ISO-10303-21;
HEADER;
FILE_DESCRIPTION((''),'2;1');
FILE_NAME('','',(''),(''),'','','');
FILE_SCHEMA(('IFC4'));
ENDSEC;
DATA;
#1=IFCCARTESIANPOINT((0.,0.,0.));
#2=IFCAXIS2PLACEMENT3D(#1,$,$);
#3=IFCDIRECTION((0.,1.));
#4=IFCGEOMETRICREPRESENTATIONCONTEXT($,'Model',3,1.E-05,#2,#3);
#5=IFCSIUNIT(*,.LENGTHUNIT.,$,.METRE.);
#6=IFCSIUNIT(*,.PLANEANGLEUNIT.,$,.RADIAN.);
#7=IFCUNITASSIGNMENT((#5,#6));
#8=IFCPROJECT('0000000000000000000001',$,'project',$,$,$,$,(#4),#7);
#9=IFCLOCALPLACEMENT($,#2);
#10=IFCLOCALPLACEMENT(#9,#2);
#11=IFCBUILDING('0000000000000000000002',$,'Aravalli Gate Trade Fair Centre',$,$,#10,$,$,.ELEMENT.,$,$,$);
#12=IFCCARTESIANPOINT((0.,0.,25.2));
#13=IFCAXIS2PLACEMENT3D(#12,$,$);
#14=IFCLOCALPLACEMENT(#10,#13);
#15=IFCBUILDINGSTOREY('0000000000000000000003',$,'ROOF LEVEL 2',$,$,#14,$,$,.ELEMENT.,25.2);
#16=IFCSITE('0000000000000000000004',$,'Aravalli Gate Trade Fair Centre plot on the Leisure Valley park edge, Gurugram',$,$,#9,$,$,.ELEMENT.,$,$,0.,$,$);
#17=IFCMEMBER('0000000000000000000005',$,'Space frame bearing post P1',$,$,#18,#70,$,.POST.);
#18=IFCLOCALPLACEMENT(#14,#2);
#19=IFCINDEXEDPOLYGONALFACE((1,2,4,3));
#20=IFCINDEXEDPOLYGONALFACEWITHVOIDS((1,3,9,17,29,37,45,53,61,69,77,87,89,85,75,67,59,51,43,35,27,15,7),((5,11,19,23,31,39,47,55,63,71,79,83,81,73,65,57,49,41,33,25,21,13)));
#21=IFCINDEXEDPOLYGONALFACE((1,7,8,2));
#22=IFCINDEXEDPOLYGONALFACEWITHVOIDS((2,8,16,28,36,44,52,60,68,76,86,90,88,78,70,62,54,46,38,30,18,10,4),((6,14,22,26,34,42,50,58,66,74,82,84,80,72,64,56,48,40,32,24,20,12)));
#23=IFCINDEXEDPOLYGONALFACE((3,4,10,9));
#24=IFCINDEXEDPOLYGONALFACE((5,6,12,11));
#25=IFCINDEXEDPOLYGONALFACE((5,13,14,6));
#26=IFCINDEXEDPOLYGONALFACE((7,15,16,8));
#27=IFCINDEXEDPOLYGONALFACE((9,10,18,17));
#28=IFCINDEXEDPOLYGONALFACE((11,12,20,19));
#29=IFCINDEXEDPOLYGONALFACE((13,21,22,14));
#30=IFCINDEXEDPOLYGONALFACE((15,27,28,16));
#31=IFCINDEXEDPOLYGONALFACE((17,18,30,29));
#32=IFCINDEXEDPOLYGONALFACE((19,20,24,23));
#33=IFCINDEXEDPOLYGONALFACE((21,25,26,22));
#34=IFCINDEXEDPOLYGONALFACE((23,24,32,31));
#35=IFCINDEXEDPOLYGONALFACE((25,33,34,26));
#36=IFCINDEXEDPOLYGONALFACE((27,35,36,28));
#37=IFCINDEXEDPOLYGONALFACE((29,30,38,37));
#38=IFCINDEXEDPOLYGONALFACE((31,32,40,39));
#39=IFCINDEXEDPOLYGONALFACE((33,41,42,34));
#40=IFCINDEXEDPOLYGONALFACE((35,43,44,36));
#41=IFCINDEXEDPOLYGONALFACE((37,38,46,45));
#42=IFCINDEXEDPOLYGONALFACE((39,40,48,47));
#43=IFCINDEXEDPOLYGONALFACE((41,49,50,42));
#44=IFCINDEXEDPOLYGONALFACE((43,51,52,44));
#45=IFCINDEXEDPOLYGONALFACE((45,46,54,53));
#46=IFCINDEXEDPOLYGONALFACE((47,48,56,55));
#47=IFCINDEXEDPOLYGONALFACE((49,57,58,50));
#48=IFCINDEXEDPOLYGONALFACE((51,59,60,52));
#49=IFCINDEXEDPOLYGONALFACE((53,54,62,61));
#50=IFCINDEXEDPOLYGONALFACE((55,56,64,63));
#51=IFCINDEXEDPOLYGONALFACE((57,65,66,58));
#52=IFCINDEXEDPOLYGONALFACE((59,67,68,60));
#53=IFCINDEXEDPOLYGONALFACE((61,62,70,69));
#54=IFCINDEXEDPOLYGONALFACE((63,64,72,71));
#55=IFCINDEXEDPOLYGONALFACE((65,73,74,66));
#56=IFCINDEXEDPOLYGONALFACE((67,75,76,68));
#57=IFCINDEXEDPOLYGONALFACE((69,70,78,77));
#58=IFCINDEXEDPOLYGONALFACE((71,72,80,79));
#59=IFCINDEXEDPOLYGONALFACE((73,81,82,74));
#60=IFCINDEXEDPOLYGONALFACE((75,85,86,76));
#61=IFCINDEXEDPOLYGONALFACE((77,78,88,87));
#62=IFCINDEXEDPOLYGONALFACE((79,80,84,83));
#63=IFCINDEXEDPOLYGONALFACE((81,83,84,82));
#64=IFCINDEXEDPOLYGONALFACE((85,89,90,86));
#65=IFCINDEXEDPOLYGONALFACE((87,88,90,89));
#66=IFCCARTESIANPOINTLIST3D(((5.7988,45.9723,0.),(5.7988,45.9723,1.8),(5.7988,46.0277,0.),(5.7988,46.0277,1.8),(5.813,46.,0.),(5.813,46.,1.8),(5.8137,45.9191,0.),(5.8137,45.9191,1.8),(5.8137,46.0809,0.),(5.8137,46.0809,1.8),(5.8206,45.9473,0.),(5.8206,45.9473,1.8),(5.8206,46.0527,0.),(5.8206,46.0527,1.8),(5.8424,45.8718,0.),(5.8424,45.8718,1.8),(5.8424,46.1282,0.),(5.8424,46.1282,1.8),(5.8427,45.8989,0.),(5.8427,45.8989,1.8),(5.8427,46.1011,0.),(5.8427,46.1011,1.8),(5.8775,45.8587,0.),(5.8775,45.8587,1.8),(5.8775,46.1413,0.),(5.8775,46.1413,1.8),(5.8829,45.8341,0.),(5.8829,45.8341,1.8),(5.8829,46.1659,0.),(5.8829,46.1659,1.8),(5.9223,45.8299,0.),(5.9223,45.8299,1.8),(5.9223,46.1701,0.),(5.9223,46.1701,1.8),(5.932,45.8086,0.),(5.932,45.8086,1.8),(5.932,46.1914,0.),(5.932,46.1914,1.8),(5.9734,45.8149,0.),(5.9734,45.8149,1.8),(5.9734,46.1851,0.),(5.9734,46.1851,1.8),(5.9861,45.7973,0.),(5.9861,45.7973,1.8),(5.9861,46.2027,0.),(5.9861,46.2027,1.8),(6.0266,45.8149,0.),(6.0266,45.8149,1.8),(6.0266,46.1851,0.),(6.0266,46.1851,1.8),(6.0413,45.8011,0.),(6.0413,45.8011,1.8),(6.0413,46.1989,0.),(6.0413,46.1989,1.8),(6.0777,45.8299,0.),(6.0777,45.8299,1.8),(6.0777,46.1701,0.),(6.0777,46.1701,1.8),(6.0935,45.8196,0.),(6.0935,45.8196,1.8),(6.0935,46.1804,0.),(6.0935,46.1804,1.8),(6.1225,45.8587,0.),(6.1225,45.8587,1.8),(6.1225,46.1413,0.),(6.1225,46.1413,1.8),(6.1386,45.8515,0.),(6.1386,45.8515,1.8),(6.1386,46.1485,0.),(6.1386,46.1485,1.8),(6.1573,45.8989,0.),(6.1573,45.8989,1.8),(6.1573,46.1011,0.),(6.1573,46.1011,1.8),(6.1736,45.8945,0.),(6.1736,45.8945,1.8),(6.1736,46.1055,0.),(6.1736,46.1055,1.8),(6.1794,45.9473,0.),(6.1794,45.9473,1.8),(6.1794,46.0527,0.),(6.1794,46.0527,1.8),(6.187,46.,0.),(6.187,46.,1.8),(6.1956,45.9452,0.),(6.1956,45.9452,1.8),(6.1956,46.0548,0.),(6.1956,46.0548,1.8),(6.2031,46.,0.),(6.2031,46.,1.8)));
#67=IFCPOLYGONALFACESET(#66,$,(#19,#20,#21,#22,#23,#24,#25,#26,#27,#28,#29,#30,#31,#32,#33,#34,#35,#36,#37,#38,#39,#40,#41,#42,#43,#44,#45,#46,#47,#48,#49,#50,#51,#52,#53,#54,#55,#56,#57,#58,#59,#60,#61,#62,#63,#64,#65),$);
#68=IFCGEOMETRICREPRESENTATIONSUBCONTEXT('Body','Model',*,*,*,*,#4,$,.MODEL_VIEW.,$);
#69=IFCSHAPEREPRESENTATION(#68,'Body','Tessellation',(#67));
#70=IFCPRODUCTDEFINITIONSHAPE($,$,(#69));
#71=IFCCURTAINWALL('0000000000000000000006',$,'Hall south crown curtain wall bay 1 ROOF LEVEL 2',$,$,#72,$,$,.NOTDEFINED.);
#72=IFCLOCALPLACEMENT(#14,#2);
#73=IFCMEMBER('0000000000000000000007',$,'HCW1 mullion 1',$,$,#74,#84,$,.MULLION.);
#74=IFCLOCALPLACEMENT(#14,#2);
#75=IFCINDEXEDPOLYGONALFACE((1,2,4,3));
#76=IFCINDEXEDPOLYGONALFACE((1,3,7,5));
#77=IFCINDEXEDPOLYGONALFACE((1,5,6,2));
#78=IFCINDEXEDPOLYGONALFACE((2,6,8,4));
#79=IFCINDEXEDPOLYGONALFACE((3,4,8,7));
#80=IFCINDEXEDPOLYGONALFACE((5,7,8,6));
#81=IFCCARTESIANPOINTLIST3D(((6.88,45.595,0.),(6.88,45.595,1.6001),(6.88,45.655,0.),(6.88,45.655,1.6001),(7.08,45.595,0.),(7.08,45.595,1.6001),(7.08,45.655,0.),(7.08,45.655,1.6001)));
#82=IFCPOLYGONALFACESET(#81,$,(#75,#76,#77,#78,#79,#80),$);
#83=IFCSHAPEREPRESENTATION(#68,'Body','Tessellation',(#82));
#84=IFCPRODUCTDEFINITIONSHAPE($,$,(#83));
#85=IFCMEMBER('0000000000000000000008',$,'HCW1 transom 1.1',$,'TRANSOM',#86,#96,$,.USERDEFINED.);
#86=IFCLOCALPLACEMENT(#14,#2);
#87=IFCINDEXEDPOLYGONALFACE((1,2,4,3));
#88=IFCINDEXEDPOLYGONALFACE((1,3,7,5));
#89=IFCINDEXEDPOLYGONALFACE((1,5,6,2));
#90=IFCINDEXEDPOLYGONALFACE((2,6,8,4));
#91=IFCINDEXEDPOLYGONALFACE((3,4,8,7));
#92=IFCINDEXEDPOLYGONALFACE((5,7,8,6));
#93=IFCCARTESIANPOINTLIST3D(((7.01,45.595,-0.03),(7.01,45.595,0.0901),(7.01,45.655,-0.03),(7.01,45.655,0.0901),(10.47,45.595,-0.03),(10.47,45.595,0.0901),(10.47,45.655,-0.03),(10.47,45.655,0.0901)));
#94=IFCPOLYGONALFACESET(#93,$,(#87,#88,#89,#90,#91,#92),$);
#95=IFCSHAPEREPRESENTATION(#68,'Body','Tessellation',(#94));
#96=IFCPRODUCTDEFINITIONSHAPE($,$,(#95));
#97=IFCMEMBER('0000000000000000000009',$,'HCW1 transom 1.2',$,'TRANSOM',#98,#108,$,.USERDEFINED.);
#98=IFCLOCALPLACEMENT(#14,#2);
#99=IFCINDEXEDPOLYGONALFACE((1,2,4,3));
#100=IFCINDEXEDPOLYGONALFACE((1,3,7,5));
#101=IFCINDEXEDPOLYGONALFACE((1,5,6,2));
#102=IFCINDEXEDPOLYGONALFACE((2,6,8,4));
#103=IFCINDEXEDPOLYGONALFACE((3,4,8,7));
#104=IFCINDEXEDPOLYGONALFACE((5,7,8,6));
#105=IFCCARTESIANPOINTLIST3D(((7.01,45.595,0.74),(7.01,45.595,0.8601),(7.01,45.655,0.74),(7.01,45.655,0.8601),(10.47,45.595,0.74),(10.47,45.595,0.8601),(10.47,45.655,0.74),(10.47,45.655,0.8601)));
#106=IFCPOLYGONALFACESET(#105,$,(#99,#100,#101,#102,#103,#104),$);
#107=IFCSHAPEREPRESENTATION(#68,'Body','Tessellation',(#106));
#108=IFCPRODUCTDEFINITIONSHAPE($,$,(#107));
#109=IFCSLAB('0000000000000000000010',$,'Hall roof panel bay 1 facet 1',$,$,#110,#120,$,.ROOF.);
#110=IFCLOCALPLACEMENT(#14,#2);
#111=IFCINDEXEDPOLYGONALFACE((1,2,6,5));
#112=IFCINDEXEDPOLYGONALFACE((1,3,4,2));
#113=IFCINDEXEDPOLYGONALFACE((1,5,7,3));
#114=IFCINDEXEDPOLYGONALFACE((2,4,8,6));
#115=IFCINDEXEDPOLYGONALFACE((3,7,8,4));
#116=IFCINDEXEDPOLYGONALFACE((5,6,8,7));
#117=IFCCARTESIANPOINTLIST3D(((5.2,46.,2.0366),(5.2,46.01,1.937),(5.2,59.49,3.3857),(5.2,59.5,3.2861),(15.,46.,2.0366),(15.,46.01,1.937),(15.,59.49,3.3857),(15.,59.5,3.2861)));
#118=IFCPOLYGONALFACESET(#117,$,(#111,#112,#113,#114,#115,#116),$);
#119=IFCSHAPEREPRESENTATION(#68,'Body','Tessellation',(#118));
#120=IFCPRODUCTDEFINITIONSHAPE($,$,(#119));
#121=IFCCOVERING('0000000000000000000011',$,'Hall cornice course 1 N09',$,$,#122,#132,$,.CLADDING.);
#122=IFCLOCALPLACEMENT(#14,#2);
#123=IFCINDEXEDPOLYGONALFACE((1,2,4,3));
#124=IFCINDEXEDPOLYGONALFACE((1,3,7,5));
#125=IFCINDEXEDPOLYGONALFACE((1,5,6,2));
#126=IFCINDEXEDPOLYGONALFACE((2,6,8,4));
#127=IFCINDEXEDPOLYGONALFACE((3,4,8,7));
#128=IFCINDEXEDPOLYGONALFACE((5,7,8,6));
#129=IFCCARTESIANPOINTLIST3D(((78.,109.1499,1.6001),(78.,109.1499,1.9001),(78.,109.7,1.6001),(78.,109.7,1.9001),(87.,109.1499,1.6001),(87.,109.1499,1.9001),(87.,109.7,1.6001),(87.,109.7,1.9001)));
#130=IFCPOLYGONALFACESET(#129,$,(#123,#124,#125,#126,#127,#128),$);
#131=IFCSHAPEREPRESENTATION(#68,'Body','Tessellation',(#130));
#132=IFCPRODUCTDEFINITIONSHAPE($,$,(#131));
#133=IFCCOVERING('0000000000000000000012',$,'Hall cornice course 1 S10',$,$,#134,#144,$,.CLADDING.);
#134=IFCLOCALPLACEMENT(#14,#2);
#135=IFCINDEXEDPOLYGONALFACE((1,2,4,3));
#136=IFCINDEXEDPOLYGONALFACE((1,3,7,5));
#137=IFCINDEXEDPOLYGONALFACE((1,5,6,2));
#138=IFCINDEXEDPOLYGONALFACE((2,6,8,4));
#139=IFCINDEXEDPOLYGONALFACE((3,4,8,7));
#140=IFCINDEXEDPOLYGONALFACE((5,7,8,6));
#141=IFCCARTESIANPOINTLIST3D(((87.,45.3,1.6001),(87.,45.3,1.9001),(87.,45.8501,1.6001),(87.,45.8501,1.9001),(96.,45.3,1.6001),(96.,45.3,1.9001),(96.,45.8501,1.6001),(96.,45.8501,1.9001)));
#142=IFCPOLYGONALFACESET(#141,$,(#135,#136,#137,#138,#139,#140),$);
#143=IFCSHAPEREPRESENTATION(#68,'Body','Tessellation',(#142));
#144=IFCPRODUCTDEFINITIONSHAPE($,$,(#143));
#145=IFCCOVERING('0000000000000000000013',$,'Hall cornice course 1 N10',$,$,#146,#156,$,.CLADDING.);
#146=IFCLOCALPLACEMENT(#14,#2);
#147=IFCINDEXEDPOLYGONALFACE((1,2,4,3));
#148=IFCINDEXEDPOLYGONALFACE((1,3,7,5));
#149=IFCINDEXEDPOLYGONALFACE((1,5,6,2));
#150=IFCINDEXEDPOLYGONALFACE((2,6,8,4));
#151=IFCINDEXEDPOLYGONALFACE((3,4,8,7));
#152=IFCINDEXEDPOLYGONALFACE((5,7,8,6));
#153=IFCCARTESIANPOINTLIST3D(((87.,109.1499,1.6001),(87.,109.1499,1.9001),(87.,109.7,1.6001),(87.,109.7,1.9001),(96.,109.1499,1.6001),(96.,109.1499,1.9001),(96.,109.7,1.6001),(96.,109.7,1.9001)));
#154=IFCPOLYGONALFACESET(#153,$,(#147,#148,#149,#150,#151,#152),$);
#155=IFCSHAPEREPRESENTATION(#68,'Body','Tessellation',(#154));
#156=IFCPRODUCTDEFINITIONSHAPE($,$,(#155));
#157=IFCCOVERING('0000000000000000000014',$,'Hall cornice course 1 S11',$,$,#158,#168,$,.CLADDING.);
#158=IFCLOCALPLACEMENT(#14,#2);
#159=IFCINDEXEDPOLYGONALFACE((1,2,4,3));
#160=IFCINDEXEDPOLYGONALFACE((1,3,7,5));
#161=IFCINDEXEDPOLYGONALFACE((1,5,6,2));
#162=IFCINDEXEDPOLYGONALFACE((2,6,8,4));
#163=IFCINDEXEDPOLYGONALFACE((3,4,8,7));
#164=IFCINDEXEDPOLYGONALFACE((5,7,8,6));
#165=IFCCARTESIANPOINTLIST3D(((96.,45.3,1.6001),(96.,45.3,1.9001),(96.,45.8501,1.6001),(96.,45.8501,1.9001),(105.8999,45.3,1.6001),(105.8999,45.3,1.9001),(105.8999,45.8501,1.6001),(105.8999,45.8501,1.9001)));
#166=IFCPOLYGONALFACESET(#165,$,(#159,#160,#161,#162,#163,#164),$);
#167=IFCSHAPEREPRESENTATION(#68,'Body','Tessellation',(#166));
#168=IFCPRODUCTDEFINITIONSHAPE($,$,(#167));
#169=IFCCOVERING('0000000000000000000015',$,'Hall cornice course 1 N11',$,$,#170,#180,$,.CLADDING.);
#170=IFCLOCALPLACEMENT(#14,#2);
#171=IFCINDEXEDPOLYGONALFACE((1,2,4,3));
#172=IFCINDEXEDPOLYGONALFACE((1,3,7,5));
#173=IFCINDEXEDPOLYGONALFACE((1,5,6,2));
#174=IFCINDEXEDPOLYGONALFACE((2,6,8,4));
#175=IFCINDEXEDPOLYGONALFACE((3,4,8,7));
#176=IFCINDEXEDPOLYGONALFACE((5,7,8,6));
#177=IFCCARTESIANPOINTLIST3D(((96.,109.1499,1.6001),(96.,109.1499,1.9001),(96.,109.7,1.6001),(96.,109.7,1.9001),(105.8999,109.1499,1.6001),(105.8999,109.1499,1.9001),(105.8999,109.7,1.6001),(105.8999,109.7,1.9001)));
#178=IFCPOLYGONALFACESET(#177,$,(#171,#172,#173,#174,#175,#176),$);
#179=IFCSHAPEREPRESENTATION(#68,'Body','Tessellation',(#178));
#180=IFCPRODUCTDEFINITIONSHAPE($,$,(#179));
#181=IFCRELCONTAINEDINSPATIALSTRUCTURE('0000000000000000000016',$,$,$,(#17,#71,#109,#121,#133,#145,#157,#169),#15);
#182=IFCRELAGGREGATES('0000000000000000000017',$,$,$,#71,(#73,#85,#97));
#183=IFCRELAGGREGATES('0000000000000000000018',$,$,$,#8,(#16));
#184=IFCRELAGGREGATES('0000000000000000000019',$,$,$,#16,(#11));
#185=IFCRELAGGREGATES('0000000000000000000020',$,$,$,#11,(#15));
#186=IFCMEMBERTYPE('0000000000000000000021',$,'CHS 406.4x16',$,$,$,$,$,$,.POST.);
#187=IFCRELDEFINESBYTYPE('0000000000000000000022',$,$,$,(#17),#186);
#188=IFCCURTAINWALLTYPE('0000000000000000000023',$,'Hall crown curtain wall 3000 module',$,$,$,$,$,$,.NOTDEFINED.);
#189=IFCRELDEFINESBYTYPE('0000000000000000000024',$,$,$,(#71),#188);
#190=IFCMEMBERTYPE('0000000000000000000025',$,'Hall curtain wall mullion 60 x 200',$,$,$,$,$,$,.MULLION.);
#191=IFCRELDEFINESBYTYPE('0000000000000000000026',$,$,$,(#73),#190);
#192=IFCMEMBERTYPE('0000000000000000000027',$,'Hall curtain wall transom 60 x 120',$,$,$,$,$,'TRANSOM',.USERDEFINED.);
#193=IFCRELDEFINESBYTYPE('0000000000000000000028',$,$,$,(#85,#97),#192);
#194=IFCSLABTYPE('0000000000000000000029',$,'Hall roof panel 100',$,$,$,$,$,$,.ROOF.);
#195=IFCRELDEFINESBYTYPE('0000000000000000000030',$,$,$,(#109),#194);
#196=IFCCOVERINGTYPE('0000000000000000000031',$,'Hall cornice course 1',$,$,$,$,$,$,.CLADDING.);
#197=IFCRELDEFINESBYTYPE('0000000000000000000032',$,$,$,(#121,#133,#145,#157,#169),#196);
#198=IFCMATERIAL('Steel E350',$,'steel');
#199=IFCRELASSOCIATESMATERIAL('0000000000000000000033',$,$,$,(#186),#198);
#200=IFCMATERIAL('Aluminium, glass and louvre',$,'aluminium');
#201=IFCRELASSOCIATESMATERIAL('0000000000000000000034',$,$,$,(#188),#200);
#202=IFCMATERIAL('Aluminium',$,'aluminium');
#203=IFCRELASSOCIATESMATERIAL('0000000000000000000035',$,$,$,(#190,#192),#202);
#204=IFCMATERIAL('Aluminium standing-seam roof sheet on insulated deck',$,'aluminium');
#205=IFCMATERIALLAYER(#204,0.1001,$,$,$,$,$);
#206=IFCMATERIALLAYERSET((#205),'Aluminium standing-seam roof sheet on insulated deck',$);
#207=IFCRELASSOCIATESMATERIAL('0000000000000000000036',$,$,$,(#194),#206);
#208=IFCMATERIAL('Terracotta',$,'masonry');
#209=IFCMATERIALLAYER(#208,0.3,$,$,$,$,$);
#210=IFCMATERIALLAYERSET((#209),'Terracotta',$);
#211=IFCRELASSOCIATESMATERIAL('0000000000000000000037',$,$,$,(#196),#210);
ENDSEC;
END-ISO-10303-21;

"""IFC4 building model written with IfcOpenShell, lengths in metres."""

from ifc_helpers import new_model, si_unit, direction, frame, origin, origin_2d, place, context, subcontext, project, spatial, polyline, rectangle, hollow_circle, outline, extrude, material, layer, layer_set, material_profile, profile_set, type_object, element, aggregate, save


model = new_model("IFC4")

# Units and contexts
model_context = context("Model", 3, precision=1e-05, world=origin(), true_north=direction((0.0, 1.0)))
body_context = subcontext(model_context, "Body", "Model", "MODEL_VIEW")
ifc_project = project(units=[si_unit("LENGTHUNIT", "METRE"), si_unit("PLANEANGLEUNIT", "RADIAN")], contexts=[model_context])

# Site, building, storey
site_placement = place(None, origin())
site = spatial("IfcSite", under=ifc_project, at=site_placement, Name="Aravalli Gate Trade Fair Centre plot on the Leisure Valley park edge, Gurugram", CompositionType="ELEMENT", RefElevation=0.0)
building_placement = place(site_placement, origin())
building = spatial("IfcBuilding", under=site, at=building_placement, Name="Aravalli Gate Trade Fair Centre", CompositionType="ELEMENT")
storey_placement = place(building_placement, frame((0.0, 0.0, 25.2)))
storey = spatial("IfcBuildingStorey", under=building, at=storey_placement, Name="ROOF LEVEL 2", CompositionType="ELEMENT", Elevation=25.2)

# Member
ifc_material_1 = material(Name="Steel E350", Category="steel")
ifc_material_profile_1 = material_profile(ifc_material_1, hollow_circle(Radius=0.2031, WallThickness=0.0161, at=origin_2d()), Name="CHS 406.4x16")
ifc_profile_set_1 = profile_set([ifc_material_profile_1], Name="Steel E350")
member_type_1 = type_object("IfcMemberType", Name="CHS 406.4x16", PredefinedType="POST", material=ifc_profile_set_1)
member_1_placement = place(storey_placement, frame((6.0, 46.0, 0.0), z_axis=(0.0, 0.0, 1.0), x_axis=(1.0, 0.0, 0.0)))
element("IfcMember", 1, at=member_1_placement, inside=storey, type_object=member_type_1, Name="Space frame bearing post P1", PredefinedType="POST", context=body_context, shape_type="SweptSolid", body=[
    extrude(hollow_circle(Radius=0.2031, WallThickness=0.0161, at=origin_2d()), origin(), (0.0, 0.0, 1.0), 1.8),
])

# Curtain wall, members
ifc_material_2 = material(Name="Aluminium, glass and louvre", Category="aluminium")
curtain_wall_type = type_object("IfcCurtainWallType", Name="Hall crown curtain wall 3000 module", PredefinedType="NOTDEFINED", material=ifc_material_2)
curtain_wall_placement = place(storey_placement, origin())
curtain_wall = element("IfcCurtainWall", 2, at=curtain_wall_placement, inside=storey, type_object=curtain_wall_type, Name="Hall south crown curtain wall bay 1 ROOF LEVEL 2", PredefinedType="NOTDEFINED")
ifc_material_3 = material(Name="Aluminium", Category="aluminium")
ifc_material_profile_2 = material_profile(ifc_material_3, rectangle(XDim=0.0601, YDim=0.2, at=origin_2d()), Name="Hall curtain wall mullion 60 x 200")
ifc_profile_set_2 = profile_set([ifc_material_profile_2], Name="Aluminium")
member_type_2 = type_object("IfcMemberType", Name="Hall curtain wall mullion 60 x 200", PredefinedType="MULLION", material=ifc_profile_set_2)
member_2_placement = place(storey_placement, frame((6.98, 45.625, 0.0), z_axis=(0.0, 0.0, 1.0), x_axis=(0.0, 1.0, 0.0)))
member_2 = element("IfcMember", 3, at=member_2_placement, type_object=member_type_2, Name="HCW1 mullion 1", PredefinedType="MULLION", context=body_context, shape_type="SweptSolid", body=[
    extrude(rectangle(XDim=0.0601, YDim=0.2, at=origin_2d()), origin(), (0.0, 0.0, 1.0), 1.6001),
])
ifc_material_profile_3 = material_profile(ifc_material_3, rectangle(XDim=0.0601, YDim=0.1201, at=origin_2d()), Name="Hall curtain wall transom 60 x 120")
ifc_profile_set_3 = profile_set([ifc_material_profile_3], Name="Aluminium")
member_type_3 = type_object("IfcMemberType", Name="Hall curtain wall transom 60 x 120", ElementType="TRANSOM", PredefinedType="USERDEFINED", material=ifc_profile_set_3)
member_3_placement = place(storey_placement, frame((7.01, 45.625, 0.03), z_axis=(1.0, 0.0, 0.0), x_axis=(0.0, 1.0, 0.0)))
member_3 = element("IfcMember", 4, at=member_3_placement, type_object=member_type_3, Name="HCW1 transom 1.1", ObjectType="TRANSOM", PredefinedType="USERDEFINED", context=body_context, shape_type="SweptSolid", body=[
    extrude(rectangle(XDim=0.0601, YDim=0.1201, at=origin_2d()), origin(), (0.0, 0.0, 1.0), 3.46),
])
member_4_placement = place(storey_placement, frame((7.01, 45.625, 0.8), z_axis=(1.0, 0.0, 0.0), x_axis=(0.0, 1.0, 0.0)))
member_4 = element("IfcMember", 5, at=member_4_placement, type_object=member_type_3, Name="HCW1 transom 1.2", ObjectType="TRANSOM", PredefinedType="USERDEFINED", context=body_context, shape_type="SweptSolid", body=[
    extrude(rectangle(XDim=0.0601, YDim=0.1201, at=origin_2d()), origin(), (0.0, 0.0, 1.0), 3.46),
])
aggregate(curtain_wall, [member_2, member_3, member_4])

# Slab
ifc_material_4 = material(Name="Aluminium standing-seam roof sheet on insulated deck", Category="aluminium")
ifc_layer_1 = layer(ifc_material_4, 0.1001)
ifc_layer_set_1 = layer_set([ifc_layer_1], Name="Aluminium standing-seam roof sheet on insulated deck")
slab_type = type_object("IfcSlabType", Name="Hall roof panel 100", PredefinedType="ROOF", material=ifc_layer_set_1)
slab_placement = place(storey_placement, frame((5.2, 46.0, 2.0366), z_axis=(0.0, -0.099513, 0.995036), x_axis=(1.0, 0.0, 0.0)))
element("IfcSlab", 6, at=slab_placement, inside=storey, type_object=slab_type, Name="Hall roof panel bay 1 facet 1", PredefinedType="ROOF", context=body_context, shape_type="SweptSolid", body=[
    extrude(outline(polyline([(0.0, 0.0), (9.8, 0.0), (9.8, 13.5573), (0.0, 13.5573), (0.0, 0.0)])), origin(), (0.0, 0.0, -1.0), 0.1001),
])

# Coverings
ifc_material_5 = material(Name="Terracotta", Category="masonry")
ifc_layer_2 = layer(ifc_material_5, 0.3)
ifc_layer_set_2 = layer_set([ifc_layer_2], Name="Terracotta")
covering_type_1 = type_object("IfcCoveringType", Name="Hall cornice course 1", PredefinedType="CLADDING", material=ifc_layer_set_2)
covering_1_placement = place(storey_placement, frame((0.0, 0.0, 1.6001)))
element("IfcCovering", 7, at=covering_1_placement, inside=storey, type_object=covering_type_1, Name="Hall cornice course 1 N09", PredefinedType="CLADDING", context=body_context, shape_type="SweptSolid", body=[
    extrude(outline(polyline([(78.0, 109.1499), (87.0, 109.1499), (87.0, 109.7), (78.0, 109.7), (78.0, 109.1499)])), origin(), (0.0, 0.0, 1.0), 0.3),
])
covering_2_placement = place(storey_placement, frame((0.0, 0.0, 1.6001)))
element("IfcCovering", 8, at=covering_2_placement, inside=storey, type_object=covering_type_1, Name="Hall cornice course 1 S10", PredefinedType="CLADDING", context=body_context, shape_type="SweptSolid", body=[
    extrude(outline(polyline([(87.0, 45.3), (96.0, 45.3), (96.0, 45.8501), (87.0, 45.8501), (87.0, 45.3)])), origin(), (0.0, 0.0, 1.0), 0.3),
])
covering_3_placement = place(storey_placement, frame((0.0, 0.0, 1.6001)))
element("IfcCovering", 9, at=covering_3_placement, inside=storey, type_object=covering_type_1, Name="Hall cornice course 1 N10", PredefinedType="CLADDING", context=body_context, shape_type="SweptSolid", body=[
    extrude(outline(polyline([(87.0, 109.1499), (96.0, 109.1499), (96.0, 109.7), (87.0, 109.7), (87.0, 109.1499)])), origin(), (0.0, 0.0, 1.0), 0.3),
])
covering_4_placement = place(storey_placement, frame((0.0, 0.0, 1.6001)))
element("IfcCovering", 10, at=covering_4_placement, inside=storey, type_object=covering_type_1, Name="Hall cornice course 1 S11", PredefinedType="CLADDING", context=body_context, shape_type="SweptSolid", body=[
    extrude(outline(polyline([(96.0, 45.3), (105.8999, 45.3), (105.8999, 45.8501), (96.0, 45.8501), (96.0, 45.3)])), origin(), (0.0, 0.0, 1.0), 0.3),
])
covering_5_placement = place(storey_placement, frame((0.0, 0.0, 1.6001)))
element("IfcCovering", 11, at=covering_5_placement, inside=storey, type_object=covering_type_1, Name="Hall cornice course 1 N11", PredefinedType="CLADDING", context=body_context, shape_type="SweptSolid", body=[
    extrude(outline(polyline([(96.0, 109.1499), (105.8999, 109.1499), (105.8999, 109.7), (96.0, 109.7), (96.0, 109.1499)])), origin(), (0.0, 0.0, 1.0), 0.3),
])

save(model, "model.ifc")
